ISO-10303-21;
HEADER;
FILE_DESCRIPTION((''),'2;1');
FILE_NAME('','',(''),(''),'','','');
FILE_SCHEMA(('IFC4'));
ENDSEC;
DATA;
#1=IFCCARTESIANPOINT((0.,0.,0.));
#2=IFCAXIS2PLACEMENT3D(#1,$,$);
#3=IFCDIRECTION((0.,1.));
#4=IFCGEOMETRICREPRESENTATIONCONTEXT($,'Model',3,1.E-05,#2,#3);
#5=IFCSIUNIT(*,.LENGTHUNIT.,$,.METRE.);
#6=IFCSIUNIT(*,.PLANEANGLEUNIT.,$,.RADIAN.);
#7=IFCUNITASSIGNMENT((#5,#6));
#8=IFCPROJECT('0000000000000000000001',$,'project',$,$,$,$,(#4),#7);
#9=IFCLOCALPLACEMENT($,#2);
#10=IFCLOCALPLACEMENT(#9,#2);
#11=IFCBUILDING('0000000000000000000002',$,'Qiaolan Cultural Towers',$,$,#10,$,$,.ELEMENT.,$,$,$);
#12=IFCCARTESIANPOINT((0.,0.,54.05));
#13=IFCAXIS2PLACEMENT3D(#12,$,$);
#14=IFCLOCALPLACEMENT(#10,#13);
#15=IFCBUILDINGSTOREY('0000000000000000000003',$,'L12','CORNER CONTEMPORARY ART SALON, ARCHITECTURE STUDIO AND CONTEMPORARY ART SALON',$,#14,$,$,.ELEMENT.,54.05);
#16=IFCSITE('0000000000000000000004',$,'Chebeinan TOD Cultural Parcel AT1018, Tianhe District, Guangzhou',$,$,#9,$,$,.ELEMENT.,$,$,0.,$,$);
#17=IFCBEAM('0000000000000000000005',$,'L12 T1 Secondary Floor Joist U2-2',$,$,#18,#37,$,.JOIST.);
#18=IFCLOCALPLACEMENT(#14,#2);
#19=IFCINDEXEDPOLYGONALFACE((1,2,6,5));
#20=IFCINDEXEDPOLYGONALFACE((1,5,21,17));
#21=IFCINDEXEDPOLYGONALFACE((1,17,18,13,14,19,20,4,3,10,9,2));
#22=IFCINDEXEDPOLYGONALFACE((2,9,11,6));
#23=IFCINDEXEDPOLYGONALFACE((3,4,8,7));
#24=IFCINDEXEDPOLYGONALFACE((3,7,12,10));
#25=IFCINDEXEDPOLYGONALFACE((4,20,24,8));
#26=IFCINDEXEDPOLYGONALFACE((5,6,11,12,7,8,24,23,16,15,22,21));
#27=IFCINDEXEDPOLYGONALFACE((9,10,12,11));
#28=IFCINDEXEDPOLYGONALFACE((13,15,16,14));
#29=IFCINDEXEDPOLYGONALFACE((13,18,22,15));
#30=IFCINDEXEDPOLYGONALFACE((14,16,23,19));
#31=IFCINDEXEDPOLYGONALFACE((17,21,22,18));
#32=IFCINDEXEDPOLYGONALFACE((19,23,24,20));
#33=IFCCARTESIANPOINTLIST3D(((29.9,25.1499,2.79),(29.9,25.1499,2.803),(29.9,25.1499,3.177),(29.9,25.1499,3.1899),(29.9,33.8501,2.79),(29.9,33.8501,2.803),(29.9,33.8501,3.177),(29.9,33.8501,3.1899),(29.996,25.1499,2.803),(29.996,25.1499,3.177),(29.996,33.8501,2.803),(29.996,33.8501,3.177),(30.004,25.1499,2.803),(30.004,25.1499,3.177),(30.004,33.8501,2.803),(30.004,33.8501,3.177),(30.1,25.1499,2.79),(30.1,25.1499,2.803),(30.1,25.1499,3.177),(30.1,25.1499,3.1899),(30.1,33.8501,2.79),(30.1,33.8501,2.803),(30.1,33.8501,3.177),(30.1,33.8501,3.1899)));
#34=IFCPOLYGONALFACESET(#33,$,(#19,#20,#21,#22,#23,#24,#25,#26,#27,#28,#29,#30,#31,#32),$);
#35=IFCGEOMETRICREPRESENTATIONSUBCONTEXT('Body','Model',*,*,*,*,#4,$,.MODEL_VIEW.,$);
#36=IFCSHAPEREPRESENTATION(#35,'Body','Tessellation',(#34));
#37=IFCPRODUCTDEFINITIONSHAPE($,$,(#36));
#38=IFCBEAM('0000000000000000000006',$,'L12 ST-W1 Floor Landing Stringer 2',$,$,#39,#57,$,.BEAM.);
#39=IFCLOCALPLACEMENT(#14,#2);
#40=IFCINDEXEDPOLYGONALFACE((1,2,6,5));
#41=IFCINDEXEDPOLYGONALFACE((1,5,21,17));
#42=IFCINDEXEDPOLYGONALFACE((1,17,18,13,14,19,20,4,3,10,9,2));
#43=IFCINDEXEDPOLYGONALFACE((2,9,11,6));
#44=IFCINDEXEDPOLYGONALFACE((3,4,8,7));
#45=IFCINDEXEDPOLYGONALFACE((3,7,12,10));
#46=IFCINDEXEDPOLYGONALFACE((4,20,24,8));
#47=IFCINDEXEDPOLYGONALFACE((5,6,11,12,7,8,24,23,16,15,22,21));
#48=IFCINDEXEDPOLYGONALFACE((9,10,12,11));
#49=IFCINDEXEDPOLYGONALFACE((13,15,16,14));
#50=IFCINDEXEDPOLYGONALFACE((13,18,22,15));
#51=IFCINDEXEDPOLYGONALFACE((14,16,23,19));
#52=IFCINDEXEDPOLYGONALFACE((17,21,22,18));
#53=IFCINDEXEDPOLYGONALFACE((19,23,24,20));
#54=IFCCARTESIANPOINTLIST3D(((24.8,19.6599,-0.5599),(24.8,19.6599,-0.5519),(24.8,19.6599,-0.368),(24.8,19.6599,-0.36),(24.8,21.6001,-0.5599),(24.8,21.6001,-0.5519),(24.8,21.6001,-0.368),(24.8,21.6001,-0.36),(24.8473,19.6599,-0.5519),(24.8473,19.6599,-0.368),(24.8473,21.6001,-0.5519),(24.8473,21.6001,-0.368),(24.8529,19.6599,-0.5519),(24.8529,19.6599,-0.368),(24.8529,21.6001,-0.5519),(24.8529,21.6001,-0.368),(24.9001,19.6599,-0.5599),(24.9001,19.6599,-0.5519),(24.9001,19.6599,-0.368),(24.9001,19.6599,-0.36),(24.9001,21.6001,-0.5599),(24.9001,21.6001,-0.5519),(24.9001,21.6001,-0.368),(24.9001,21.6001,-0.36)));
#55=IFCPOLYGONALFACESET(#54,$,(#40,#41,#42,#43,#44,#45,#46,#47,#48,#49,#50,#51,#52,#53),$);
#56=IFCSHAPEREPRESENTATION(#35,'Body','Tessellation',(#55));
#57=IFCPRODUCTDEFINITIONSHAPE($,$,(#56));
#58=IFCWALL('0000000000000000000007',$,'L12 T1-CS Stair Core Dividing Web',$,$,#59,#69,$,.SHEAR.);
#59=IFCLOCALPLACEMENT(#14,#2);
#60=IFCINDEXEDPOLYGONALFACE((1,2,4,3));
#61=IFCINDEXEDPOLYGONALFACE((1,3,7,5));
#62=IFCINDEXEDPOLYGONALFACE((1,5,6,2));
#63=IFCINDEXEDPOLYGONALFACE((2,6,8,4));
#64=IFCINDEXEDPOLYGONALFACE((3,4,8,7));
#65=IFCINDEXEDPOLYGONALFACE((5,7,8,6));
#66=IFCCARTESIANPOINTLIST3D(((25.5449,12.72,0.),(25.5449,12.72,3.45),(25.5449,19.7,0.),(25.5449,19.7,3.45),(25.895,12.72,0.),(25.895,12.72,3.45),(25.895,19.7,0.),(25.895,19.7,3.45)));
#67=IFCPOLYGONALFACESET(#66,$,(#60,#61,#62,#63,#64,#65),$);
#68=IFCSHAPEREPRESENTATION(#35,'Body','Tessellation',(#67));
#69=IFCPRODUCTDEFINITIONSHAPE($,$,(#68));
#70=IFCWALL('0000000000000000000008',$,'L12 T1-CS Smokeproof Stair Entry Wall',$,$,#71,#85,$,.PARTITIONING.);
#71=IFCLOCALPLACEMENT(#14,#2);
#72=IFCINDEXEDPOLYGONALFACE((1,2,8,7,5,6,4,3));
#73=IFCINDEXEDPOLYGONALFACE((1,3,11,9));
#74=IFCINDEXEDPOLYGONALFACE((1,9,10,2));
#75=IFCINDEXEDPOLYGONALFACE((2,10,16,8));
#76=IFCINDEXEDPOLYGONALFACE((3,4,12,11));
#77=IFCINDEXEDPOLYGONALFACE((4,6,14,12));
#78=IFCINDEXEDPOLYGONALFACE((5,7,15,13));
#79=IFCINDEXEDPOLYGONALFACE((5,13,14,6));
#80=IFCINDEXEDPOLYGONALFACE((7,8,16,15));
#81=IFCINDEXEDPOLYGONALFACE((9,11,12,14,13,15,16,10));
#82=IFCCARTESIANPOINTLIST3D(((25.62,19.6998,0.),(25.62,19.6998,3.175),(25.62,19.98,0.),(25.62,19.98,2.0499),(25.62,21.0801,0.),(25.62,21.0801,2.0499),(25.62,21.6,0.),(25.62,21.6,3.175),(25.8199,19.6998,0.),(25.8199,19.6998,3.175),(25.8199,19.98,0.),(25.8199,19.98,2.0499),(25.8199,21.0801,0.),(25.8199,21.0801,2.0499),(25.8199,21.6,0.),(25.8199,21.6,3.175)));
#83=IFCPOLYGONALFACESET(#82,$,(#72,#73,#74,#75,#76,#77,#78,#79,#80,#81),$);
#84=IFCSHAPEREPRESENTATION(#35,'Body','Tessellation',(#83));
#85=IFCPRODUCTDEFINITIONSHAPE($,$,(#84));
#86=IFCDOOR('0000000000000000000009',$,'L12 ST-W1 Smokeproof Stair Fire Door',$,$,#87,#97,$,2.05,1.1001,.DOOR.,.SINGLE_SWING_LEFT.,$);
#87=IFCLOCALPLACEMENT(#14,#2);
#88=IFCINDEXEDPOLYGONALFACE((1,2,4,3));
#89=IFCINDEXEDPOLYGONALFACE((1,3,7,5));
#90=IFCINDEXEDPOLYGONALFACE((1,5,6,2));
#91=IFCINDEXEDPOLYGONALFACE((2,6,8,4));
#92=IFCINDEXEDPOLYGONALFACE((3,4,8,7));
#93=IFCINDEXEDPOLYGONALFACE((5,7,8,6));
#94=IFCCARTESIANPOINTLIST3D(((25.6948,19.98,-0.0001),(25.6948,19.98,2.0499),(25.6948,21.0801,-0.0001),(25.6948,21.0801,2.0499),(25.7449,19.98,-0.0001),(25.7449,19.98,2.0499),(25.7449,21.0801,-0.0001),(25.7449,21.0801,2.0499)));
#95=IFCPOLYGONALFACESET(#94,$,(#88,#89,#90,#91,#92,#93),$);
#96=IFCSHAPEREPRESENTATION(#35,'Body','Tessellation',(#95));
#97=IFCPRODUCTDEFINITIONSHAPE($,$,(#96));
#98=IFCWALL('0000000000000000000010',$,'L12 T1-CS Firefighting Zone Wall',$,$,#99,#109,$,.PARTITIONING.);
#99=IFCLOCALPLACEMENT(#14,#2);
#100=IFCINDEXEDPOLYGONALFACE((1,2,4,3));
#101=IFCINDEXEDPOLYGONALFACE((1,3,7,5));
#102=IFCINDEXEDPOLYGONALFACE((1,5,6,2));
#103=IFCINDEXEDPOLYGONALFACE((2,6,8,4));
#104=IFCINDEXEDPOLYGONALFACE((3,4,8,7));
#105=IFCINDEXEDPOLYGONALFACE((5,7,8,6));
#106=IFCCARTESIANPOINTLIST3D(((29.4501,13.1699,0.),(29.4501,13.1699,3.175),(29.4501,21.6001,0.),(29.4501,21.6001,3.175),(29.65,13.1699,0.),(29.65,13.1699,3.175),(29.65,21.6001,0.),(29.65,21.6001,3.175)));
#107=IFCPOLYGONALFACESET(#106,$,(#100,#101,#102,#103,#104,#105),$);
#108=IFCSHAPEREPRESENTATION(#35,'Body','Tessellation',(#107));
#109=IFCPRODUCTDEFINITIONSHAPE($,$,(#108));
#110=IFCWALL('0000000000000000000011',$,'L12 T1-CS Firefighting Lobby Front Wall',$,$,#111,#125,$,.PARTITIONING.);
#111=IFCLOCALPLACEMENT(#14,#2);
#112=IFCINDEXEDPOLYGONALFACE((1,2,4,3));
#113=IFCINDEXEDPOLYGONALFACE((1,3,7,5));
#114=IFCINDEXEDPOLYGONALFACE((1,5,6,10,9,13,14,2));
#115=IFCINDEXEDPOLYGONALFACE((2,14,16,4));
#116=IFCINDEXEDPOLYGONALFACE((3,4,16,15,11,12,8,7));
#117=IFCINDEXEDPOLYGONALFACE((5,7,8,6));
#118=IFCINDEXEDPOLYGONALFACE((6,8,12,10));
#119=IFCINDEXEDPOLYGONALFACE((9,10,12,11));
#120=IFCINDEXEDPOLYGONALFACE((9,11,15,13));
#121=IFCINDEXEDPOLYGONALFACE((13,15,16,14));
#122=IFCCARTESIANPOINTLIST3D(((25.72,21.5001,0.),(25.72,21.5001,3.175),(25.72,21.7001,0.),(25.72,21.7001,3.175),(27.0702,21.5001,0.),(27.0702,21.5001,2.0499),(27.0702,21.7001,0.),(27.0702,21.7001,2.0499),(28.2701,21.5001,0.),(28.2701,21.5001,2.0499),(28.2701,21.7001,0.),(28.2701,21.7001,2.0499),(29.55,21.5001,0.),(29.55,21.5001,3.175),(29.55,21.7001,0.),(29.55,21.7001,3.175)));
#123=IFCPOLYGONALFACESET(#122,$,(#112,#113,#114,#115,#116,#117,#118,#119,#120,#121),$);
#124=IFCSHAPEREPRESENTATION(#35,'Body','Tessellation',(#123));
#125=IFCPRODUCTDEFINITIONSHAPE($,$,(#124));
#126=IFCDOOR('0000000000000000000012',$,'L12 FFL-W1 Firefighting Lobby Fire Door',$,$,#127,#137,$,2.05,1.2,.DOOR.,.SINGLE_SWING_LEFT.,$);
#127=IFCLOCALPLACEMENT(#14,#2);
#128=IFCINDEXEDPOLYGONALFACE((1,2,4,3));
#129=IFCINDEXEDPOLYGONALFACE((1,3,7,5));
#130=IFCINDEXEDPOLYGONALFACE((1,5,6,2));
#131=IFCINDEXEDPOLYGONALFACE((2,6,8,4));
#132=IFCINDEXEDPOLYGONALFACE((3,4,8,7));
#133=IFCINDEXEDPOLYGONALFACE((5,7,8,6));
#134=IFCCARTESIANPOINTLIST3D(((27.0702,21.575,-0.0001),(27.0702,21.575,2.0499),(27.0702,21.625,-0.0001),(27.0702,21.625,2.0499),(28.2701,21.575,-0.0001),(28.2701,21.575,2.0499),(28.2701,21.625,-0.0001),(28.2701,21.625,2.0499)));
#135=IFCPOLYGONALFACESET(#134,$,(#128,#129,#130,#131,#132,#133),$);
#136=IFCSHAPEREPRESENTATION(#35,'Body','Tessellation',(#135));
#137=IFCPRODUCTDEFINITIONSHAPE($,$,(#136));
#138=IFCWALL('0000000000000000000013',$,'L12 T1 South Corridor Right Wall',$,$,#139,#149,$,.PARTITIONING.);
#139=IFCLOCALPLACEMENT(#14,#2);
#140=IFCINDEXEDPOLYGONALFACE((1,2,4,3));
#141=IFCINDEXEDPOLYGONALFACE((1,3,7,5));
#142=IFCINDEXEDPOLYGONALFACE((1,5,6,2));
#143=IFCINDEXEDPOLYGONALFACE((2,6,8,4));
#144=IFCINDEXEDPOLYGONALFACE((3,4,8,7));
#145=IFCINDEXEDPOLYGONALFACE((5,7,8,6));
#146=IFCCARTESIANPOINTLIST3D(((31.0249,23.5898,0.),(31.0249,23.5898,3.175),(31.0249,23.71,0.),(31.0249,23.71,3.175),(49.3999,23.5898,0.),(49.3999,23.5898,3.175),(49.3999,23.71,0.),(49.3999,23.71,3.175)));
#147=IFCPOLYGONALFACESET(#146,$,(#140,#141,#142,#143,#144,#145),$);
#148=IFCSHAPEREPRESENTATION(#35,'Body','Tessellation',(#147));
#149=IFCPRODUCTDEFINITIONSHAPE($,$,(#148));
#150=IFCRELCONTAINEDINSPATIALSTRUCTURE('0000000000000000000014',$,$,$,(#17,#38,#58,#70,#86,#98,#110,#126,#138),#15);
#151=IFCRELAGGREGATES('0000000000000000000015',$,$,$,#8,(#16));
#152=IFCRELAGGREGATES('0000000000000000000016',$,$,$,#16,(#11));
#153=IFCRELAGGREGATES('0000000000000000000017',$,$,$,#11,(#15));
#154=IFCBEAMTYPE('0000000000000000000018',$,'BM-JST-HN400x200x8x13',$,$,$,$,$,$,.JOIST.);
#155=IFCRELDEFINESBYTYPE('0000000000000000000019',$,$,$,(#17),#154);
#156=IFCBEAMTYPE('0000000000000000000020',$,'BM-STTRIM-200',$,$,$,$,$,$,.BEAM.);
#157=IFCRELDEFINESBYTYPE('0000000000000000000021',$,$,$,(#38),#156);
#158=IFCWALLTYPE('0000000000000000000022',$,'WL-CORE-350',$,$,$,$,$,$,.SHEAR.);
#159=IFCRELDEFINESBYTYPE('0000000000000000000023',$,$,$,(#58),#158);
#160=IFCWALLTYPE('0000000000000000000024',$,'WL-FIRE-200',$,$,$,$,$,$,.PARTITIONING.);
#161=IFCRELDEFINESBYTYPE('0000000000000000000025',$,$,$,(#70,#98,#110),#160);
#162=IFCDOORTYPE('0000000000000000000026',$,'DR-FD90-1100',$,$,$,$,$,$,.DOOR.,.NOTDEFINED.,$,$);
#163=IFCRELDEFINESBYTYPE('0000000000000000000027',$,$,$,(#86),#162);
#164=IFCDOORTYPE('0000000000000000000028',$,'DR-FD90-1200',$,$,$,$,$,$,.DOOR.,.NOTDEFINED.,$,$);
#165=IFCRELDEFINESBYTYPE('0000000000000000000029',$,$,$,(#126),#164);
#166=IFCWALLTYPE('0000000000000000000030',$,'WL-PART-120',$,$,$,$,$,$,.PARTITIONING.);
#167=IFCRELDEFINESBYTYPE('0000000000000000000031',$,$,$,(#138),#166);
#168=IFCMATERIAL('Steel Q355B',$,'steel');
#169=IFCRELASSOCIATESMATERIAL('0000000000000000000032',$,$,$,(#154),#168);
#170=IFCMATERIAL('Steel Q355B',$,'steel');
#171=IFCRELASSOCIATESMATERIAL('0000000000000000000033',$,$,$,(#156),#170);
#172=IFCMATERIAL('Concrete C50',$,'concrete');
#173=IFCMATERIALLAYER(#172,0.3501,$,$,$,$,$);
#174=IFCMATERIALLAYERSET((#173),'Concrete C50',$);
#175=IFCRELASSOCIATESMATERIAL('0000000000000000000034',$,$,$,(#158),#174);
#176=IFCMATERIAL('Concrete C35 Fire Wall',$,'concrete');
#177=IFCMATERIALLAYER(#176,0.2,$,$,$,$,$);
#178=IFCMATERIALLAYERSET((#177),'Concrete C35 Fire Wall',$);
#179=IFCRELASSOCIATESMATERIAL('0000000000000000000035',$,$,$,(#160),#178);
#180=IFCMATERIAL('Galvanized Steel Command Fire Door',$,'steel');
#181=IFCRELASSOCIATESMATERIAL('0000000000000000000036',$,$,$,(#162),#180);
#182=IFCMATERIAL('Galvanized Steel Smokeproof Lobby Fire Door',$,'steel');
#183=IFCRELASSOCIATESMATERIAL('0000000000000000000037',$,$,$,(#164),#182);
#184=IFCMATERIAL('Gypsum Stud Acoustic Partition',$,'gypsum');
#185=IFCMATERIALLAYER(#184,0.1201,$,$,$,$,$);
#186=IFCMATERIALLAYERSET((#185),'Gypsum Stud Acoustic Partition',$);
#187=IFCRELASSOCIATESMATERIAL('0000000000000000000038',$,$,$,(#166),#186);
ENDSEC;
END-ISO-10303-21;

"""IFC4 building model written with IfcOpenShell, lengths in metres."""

from ifc_helpers import new_model, si_unit, direction, frame, frame_2d, origin, origin_2d, place, context, subcontext, project, spatial, rectangle, i_section, extrude, material, layer, layer_set, material_profile, profile_set, type_object, element, fill, save


model = new_model("IFC4")

# Units and contexts
model_context = context("Model", 3, precision=1e-05, world=origin(), true_north=direction((0.0, 1.0)))
body_context = subcontext(model_context, "Body", "Model", "MODEL_VIEW")
ifc_project = project(units=[si_unit("LENGTHUNIT", "METRE"), si_unit("PLANEANGLEUNIT", "RADIAN")], contexts=[model_context])

# Site, building, storey
site_placement = place(None, origin())
site = spatial("IfcSite", under=ifc_project, at=site_placement, Name="Chebeinan TOD Cultural Parcel AT1018, Tianhe District, Guangzhou", CompositionType="ELEMENT", RefElevation=0.0)
building_placement = place(site_placement, origin())
building = spatial("IfcBuilding", under=site, at=building_placement, Name="Qiaolan Cultural Towers", CompositionType="ELEMENT")
storey_placement = place(building_placement, frame((0.0, 0.0, 54.05)))
storey = spatial("IfcBuildingStorey", under=building, at=storey_placement, Name="L12", Description="CORNER CONTEMPORARY ART SALON, ARCHITECTURE STUDIO AND CONTEMPORARY ART SALON", CompositionType="ELEMENT", Elevation=54.05)

# Beams
ifc_material_1 = material(Name="Steel Q355B", Category="steel")
ifc_material_profile_1 = material_profile(ifc_material_1, i_section(OverallWidth=0.2, OverallDepth=0.3999, WebThickness=0.0081, FlangeThickness=0.0129, at=origin_2d()), Name="HN400x200x8x13")
ifc_profile_set_1 = profile_set([ifc_material_profile_1], Name="Steel Q355B")
beam_type_1 = type_object("IfcBeamType", Name="BM-JST-HN400x200x8x13", PredefinedType="JOIST", material=ifc_profile_set_1)
beam_1_placement = place(storey_placement, frame((30.0, 25.1499, 2.99), z_axis=(0.0, 1.0, 0.0), x_axis=(-1.0, 0.0, 0.0)))
element("IfcBeam", 1, at=beam_1_placement, inside=storey, type_object=beam_type_1, Name="L12 T1 Secondary Floor Joist U2-2", PredefinedType="JOIST", context=body_context, shape_type="SweptSolid", body=[
    extrude(i_section(OverallWidth=0.2, OverallDepth=0.3999, WebThickness=0.0081, FlangeThickness=0.0129, at=origin_2d()), origin(), (0.0, 0.0, 1.0), 8.7002),
])
ifc_material_2 = material(Name="Steel Q355B", Category="steel")
ifc_material_profile_2 = material_profile(ifc_material_2, i_section(OverallWidth=0.1001, OverallDepth=0.2, WebThickness=0.0056, FlangeThickness=0.0081, at=origin_2d()), Name="HN200x100x5.5x8")
ifc_profile_set_2 = profile_set([ifc_material_profile_2], Name="Steel Q355B")
beam_type_2 = type_object("IfcBeamType", Name="BM-STTRIM-200", PredefinedType="BEAM", material=ifc_profile_set_2)
beam_2_placement = place(storey_placement, frame((24.8501, 21.6001, -0.46), z_axis=(0.0, -1.0, 0.0), x_axis=(1.0, 0.0, 0.0)))
element("IfcBeam", 2, at=beam_2_placement, inside=storey, type_object=beam_type_2, Name="L12 ST-W1 Floor Landing Stringer 2", PredefinedType="BEAM", context=body_context, shape_type="SweptSolid", body=[
    extrude(i_section(OverallWidth=0.1001, OverallDepth=0.2, WebThickness=0.0056, FlangeThickness=0.0081, at=origin_2d()), origin(), (0.0, 0.0, 1.0), 1.9402),
])

# Wall
ifc_material_3 = material(Name="Concrete C50", Category="concrete")
ifc_layer_1 = layer(ifc_material_3, 0.3501)
ifc_layer_set_1 = layer_set([ifc_layer_1], Name="Concrete C50")
wall_type_1 = type_object("IfcWallType", Name="WL-CORE-350", PredefinedType="SHEAR", material=ifc_layer_set_1)
wall_1_placement = place(storey_placement, frame((25.72, 19.7, 0.0), z_axis=(0.0, 0.0, 1.0), x_axis=(0.0, -1.0, 0.0)))
element("IfcWall", 3, at=wall_1_placement, inside=storey, type_object=wall_type_1, Name="L12 T1-CS Stair Core Dividing Web", PredefinedType="SHEAR", context=body_context, shape_type="SweptSolid", body=[
    extrude(rectangle(XDim=6.98, YDim=0.3501, at=frame_2d((3.49, 0.0))), origin(), (0.0, 0.0, 1.0), 3.45),
])

# Wall, opening, door
ifc_material_4 = material(Name="Concrete C35 Fire Wall", Category="concrete")
ifc_layer_2 = layer(ifc_material_4, 0.2)
ifc_layer_set_2 = layer_set([ifc_layer_2], Name="Concrete C35 Fire Wall")
wall_type_2 = type_object("IfcWallType", Name="WL-FIRE-200", PredefinedType="PARTITIONING", material=ifc_layer_set_2)
wall_2_placement = place(storey_placement, frame((25.72, 21.6001, 0.0), z_axis=(0.0, 0.0, 1.0), x_axis=(0.0, -1.0, 0.0)))
wall_2 = element("IfcWall", 4, at=wall_2_placement, inside=storey, type_object=wall_type_2, Name="L12 T1-CS Smokeproof Stair Entry Wall", PredefinedType="PARTITIONING", context=body_context, shape_type="SweptSolid", body=[
    extrude(rectangle(XDim=1.9001, YDim=0.2, at=frame_2d((0.9502, 0.0))), origin(), (0.0, 0.0, 1.0), 3.175),
])
opening_1_placement = place(wall_2_placement, frame((0.52, 0.0, 0.0)))
opening_1 = element("IfcOpeningElement", 5, at=opening_1_placement, cuts=wall_2, PredefinedType="OPENING", context=body_context, shape_type="SweptSolid", body=[
    extrude(rectangle(XDim=1.1001, YDim=2.05, at=frame_2d((0.55, 1.0249))), frame((0.0, 0.1099, 0.0), z_axis=(0.0, -1.0, 0.0), x_axis=(1.0, 0.0, 0.0)), (0.0, 0.0, 1.0), 0.22),
])
ifc_material_5 = material(Name="Galvanized Steel Command Fire Door", Category="steel")
door_type_1 = type_object("IfcDoorType", Name="DR-FD90-1100", OperationType="NOTDEFINED", PredefinedType="DOOR", material=ifc_material_5)
door_1_placement = place(opening_1_placement, origin())
door_1 = element("IfcDoor", 6, at=door_1_placement, inside=storey, type_object=door_type_1, Name="L12 ST-W1 Smokeproof Stair Fire Door", OperationType="SINGLE_SWING_LEFT", OverallHeight=2.05, OverallWidth=1.1001, PredefinedType="DOOR", context=body_context, shape_type="SweptSolid", body=[
    extrude(rectangle(XDim=1.1001, YDim=2.05, at=frame_2d((0.55, 1.0249))), frame((0.0, 0.0249, 0.0), z_axis=(0.0, -1.0, 0.0), x_axis=(1.0, 0.0, 0.0)), (0.0, 0.0, 1.0), 0.05),
])
fill(opening_1, door_1)

# Wall
wall_3_placement = place(storey_placement, frame((29.55, 21.6001, 0.0), z_axis=(0.0, 0.0, 1.0), x_axis=(0.0, -1.0, 0.0)))
element("IfcWall", 7, at=wall_3_placement, inside=storey, type_object=wall_type_2, Name="L12 T1-CS Firefighting Zone Wall", PredefinedType="PARTITIONING", context=body_context, shape_type="SweptSolid", body=[
    extrude(rectangle(XDim=8.4302, YDim=0.2, at=frame_2d((4.2151, 0.0))), origin(), (0.0, 0.0, 1.0), 3.175),
])

# Wall, opening, door
wall_4_placement = place(storey_placement, frame((25.72, 21.6001, 0.0), z_axis=(0.0, 0.0, 1.0), x_axis=(1.0, 0.0, 0.0)))
wall_4 = element("IfcWall", 8, at=wall_4_placement, inside=storey, type_object=wall_type_2, Name="L12 T1-CS Firefighting Lobby Front Wall", PredefinedType="PARTITIONING", context=body_context, shape_type="SweptSolid", body=[
    extrude(rectangle(XDim=3.8301, YDim=0.2, at=frame_2d((1.915, 0.0))), origin(), (0.0, 0.0, 1.0), 3.175),
])
opening_2_placement = place(wall_4_placement, frame((1.3501, 0.0, 0.0)))
opening_2 = element("IfcOpeningElement", 9, at=opening_2_placement, cuts=wall_4, PredefinedType="OPENING", context=body_context, shape_type="SweptSolid", body=[
    extrude(rectangle(XDim=1.2, YDim=2.05, at=frame_2d((0.6001, 1.0249))), frame((0.0, 0.1099, 0.0), z_axis=(0.0, -1.0, 0.0), x_axis=(1.0, 0.0, 0.0)), (0.0, 0.0, 1.0), 0.22),
])
ifc_material_6 = material(Name="Galvanized Steel Smokeproof Lobby Fire Door", Category="steel")
door_type_2 = type_object("IfcDoorType", Name="DR-FD90-1200", OperationType="NOTDEFINED", PredefinedType="DOOR", material=ifc_material_6)
door_2_placement = place(opening_2_placement, origin())
door_2 = element("IfcDoor", 10, at=door_2_placement, inside=storey, type_object=door_type_2, Name="L12 FFL-W1 Firefighting Lobby Fire Door", OperationType="SINGLE_SWING_LEFT", OverallHeight=2.05, OverallWidth=1.2, PredefinedType="DOOR", context=body_context, shape_type="SweptSolid", body=[
    extrude(rectangle(XDim=1.2, YDim=2.05, at=frame_2d((0.6001, 1.0249))), frame((0.0, 0.0249, 0.0), z_axis=(0.0, -1.0, 0.0), x_axis=(1.0, 0.0, 0.0)), (0.0, 0.0, 1.0), 0.05),
])
fill(opening_2, door_2)

# Wall
ifc_material_7 = material(Name="Gypsum Stud Acoustic Partition", Category="gypsum")
ifc_layer_3 = layer(ifc_material_7, 0.1201)
ifc_layer_set_3 = layer_set([ifc_layer_3], Name="Gypsum Stud Acoustic Partition")
wall_type_3 = type_object("IfcWallType", Name="WL-PART-120", PredefinedType="PARTITIONING", material=ifc_layer_set_3)
wall_5_placement = place(storey_placement, frame((31.0249, 23.6499, 0.0), z_axis=(0.0, 0.0, 1.0), x_axis=(1.0, 0.0, 0.0)))
element("IfcWall", 11, at=wall_5_placement, inside=storey, type_object=wall_type_3, Name="L12 T1 South Corridor Right Wall", PredefinedType="PARTITIONING", context=body_context, shape_type="SweptSolid", body=[
    extrude(rectangle(XDim=18.375, YDim=0.1201, at=frame_2d((9.1875, 0.0))), origin(), (0.0, 0.0, 1.0), 3.175),
])

save(model, "model.ifc")
